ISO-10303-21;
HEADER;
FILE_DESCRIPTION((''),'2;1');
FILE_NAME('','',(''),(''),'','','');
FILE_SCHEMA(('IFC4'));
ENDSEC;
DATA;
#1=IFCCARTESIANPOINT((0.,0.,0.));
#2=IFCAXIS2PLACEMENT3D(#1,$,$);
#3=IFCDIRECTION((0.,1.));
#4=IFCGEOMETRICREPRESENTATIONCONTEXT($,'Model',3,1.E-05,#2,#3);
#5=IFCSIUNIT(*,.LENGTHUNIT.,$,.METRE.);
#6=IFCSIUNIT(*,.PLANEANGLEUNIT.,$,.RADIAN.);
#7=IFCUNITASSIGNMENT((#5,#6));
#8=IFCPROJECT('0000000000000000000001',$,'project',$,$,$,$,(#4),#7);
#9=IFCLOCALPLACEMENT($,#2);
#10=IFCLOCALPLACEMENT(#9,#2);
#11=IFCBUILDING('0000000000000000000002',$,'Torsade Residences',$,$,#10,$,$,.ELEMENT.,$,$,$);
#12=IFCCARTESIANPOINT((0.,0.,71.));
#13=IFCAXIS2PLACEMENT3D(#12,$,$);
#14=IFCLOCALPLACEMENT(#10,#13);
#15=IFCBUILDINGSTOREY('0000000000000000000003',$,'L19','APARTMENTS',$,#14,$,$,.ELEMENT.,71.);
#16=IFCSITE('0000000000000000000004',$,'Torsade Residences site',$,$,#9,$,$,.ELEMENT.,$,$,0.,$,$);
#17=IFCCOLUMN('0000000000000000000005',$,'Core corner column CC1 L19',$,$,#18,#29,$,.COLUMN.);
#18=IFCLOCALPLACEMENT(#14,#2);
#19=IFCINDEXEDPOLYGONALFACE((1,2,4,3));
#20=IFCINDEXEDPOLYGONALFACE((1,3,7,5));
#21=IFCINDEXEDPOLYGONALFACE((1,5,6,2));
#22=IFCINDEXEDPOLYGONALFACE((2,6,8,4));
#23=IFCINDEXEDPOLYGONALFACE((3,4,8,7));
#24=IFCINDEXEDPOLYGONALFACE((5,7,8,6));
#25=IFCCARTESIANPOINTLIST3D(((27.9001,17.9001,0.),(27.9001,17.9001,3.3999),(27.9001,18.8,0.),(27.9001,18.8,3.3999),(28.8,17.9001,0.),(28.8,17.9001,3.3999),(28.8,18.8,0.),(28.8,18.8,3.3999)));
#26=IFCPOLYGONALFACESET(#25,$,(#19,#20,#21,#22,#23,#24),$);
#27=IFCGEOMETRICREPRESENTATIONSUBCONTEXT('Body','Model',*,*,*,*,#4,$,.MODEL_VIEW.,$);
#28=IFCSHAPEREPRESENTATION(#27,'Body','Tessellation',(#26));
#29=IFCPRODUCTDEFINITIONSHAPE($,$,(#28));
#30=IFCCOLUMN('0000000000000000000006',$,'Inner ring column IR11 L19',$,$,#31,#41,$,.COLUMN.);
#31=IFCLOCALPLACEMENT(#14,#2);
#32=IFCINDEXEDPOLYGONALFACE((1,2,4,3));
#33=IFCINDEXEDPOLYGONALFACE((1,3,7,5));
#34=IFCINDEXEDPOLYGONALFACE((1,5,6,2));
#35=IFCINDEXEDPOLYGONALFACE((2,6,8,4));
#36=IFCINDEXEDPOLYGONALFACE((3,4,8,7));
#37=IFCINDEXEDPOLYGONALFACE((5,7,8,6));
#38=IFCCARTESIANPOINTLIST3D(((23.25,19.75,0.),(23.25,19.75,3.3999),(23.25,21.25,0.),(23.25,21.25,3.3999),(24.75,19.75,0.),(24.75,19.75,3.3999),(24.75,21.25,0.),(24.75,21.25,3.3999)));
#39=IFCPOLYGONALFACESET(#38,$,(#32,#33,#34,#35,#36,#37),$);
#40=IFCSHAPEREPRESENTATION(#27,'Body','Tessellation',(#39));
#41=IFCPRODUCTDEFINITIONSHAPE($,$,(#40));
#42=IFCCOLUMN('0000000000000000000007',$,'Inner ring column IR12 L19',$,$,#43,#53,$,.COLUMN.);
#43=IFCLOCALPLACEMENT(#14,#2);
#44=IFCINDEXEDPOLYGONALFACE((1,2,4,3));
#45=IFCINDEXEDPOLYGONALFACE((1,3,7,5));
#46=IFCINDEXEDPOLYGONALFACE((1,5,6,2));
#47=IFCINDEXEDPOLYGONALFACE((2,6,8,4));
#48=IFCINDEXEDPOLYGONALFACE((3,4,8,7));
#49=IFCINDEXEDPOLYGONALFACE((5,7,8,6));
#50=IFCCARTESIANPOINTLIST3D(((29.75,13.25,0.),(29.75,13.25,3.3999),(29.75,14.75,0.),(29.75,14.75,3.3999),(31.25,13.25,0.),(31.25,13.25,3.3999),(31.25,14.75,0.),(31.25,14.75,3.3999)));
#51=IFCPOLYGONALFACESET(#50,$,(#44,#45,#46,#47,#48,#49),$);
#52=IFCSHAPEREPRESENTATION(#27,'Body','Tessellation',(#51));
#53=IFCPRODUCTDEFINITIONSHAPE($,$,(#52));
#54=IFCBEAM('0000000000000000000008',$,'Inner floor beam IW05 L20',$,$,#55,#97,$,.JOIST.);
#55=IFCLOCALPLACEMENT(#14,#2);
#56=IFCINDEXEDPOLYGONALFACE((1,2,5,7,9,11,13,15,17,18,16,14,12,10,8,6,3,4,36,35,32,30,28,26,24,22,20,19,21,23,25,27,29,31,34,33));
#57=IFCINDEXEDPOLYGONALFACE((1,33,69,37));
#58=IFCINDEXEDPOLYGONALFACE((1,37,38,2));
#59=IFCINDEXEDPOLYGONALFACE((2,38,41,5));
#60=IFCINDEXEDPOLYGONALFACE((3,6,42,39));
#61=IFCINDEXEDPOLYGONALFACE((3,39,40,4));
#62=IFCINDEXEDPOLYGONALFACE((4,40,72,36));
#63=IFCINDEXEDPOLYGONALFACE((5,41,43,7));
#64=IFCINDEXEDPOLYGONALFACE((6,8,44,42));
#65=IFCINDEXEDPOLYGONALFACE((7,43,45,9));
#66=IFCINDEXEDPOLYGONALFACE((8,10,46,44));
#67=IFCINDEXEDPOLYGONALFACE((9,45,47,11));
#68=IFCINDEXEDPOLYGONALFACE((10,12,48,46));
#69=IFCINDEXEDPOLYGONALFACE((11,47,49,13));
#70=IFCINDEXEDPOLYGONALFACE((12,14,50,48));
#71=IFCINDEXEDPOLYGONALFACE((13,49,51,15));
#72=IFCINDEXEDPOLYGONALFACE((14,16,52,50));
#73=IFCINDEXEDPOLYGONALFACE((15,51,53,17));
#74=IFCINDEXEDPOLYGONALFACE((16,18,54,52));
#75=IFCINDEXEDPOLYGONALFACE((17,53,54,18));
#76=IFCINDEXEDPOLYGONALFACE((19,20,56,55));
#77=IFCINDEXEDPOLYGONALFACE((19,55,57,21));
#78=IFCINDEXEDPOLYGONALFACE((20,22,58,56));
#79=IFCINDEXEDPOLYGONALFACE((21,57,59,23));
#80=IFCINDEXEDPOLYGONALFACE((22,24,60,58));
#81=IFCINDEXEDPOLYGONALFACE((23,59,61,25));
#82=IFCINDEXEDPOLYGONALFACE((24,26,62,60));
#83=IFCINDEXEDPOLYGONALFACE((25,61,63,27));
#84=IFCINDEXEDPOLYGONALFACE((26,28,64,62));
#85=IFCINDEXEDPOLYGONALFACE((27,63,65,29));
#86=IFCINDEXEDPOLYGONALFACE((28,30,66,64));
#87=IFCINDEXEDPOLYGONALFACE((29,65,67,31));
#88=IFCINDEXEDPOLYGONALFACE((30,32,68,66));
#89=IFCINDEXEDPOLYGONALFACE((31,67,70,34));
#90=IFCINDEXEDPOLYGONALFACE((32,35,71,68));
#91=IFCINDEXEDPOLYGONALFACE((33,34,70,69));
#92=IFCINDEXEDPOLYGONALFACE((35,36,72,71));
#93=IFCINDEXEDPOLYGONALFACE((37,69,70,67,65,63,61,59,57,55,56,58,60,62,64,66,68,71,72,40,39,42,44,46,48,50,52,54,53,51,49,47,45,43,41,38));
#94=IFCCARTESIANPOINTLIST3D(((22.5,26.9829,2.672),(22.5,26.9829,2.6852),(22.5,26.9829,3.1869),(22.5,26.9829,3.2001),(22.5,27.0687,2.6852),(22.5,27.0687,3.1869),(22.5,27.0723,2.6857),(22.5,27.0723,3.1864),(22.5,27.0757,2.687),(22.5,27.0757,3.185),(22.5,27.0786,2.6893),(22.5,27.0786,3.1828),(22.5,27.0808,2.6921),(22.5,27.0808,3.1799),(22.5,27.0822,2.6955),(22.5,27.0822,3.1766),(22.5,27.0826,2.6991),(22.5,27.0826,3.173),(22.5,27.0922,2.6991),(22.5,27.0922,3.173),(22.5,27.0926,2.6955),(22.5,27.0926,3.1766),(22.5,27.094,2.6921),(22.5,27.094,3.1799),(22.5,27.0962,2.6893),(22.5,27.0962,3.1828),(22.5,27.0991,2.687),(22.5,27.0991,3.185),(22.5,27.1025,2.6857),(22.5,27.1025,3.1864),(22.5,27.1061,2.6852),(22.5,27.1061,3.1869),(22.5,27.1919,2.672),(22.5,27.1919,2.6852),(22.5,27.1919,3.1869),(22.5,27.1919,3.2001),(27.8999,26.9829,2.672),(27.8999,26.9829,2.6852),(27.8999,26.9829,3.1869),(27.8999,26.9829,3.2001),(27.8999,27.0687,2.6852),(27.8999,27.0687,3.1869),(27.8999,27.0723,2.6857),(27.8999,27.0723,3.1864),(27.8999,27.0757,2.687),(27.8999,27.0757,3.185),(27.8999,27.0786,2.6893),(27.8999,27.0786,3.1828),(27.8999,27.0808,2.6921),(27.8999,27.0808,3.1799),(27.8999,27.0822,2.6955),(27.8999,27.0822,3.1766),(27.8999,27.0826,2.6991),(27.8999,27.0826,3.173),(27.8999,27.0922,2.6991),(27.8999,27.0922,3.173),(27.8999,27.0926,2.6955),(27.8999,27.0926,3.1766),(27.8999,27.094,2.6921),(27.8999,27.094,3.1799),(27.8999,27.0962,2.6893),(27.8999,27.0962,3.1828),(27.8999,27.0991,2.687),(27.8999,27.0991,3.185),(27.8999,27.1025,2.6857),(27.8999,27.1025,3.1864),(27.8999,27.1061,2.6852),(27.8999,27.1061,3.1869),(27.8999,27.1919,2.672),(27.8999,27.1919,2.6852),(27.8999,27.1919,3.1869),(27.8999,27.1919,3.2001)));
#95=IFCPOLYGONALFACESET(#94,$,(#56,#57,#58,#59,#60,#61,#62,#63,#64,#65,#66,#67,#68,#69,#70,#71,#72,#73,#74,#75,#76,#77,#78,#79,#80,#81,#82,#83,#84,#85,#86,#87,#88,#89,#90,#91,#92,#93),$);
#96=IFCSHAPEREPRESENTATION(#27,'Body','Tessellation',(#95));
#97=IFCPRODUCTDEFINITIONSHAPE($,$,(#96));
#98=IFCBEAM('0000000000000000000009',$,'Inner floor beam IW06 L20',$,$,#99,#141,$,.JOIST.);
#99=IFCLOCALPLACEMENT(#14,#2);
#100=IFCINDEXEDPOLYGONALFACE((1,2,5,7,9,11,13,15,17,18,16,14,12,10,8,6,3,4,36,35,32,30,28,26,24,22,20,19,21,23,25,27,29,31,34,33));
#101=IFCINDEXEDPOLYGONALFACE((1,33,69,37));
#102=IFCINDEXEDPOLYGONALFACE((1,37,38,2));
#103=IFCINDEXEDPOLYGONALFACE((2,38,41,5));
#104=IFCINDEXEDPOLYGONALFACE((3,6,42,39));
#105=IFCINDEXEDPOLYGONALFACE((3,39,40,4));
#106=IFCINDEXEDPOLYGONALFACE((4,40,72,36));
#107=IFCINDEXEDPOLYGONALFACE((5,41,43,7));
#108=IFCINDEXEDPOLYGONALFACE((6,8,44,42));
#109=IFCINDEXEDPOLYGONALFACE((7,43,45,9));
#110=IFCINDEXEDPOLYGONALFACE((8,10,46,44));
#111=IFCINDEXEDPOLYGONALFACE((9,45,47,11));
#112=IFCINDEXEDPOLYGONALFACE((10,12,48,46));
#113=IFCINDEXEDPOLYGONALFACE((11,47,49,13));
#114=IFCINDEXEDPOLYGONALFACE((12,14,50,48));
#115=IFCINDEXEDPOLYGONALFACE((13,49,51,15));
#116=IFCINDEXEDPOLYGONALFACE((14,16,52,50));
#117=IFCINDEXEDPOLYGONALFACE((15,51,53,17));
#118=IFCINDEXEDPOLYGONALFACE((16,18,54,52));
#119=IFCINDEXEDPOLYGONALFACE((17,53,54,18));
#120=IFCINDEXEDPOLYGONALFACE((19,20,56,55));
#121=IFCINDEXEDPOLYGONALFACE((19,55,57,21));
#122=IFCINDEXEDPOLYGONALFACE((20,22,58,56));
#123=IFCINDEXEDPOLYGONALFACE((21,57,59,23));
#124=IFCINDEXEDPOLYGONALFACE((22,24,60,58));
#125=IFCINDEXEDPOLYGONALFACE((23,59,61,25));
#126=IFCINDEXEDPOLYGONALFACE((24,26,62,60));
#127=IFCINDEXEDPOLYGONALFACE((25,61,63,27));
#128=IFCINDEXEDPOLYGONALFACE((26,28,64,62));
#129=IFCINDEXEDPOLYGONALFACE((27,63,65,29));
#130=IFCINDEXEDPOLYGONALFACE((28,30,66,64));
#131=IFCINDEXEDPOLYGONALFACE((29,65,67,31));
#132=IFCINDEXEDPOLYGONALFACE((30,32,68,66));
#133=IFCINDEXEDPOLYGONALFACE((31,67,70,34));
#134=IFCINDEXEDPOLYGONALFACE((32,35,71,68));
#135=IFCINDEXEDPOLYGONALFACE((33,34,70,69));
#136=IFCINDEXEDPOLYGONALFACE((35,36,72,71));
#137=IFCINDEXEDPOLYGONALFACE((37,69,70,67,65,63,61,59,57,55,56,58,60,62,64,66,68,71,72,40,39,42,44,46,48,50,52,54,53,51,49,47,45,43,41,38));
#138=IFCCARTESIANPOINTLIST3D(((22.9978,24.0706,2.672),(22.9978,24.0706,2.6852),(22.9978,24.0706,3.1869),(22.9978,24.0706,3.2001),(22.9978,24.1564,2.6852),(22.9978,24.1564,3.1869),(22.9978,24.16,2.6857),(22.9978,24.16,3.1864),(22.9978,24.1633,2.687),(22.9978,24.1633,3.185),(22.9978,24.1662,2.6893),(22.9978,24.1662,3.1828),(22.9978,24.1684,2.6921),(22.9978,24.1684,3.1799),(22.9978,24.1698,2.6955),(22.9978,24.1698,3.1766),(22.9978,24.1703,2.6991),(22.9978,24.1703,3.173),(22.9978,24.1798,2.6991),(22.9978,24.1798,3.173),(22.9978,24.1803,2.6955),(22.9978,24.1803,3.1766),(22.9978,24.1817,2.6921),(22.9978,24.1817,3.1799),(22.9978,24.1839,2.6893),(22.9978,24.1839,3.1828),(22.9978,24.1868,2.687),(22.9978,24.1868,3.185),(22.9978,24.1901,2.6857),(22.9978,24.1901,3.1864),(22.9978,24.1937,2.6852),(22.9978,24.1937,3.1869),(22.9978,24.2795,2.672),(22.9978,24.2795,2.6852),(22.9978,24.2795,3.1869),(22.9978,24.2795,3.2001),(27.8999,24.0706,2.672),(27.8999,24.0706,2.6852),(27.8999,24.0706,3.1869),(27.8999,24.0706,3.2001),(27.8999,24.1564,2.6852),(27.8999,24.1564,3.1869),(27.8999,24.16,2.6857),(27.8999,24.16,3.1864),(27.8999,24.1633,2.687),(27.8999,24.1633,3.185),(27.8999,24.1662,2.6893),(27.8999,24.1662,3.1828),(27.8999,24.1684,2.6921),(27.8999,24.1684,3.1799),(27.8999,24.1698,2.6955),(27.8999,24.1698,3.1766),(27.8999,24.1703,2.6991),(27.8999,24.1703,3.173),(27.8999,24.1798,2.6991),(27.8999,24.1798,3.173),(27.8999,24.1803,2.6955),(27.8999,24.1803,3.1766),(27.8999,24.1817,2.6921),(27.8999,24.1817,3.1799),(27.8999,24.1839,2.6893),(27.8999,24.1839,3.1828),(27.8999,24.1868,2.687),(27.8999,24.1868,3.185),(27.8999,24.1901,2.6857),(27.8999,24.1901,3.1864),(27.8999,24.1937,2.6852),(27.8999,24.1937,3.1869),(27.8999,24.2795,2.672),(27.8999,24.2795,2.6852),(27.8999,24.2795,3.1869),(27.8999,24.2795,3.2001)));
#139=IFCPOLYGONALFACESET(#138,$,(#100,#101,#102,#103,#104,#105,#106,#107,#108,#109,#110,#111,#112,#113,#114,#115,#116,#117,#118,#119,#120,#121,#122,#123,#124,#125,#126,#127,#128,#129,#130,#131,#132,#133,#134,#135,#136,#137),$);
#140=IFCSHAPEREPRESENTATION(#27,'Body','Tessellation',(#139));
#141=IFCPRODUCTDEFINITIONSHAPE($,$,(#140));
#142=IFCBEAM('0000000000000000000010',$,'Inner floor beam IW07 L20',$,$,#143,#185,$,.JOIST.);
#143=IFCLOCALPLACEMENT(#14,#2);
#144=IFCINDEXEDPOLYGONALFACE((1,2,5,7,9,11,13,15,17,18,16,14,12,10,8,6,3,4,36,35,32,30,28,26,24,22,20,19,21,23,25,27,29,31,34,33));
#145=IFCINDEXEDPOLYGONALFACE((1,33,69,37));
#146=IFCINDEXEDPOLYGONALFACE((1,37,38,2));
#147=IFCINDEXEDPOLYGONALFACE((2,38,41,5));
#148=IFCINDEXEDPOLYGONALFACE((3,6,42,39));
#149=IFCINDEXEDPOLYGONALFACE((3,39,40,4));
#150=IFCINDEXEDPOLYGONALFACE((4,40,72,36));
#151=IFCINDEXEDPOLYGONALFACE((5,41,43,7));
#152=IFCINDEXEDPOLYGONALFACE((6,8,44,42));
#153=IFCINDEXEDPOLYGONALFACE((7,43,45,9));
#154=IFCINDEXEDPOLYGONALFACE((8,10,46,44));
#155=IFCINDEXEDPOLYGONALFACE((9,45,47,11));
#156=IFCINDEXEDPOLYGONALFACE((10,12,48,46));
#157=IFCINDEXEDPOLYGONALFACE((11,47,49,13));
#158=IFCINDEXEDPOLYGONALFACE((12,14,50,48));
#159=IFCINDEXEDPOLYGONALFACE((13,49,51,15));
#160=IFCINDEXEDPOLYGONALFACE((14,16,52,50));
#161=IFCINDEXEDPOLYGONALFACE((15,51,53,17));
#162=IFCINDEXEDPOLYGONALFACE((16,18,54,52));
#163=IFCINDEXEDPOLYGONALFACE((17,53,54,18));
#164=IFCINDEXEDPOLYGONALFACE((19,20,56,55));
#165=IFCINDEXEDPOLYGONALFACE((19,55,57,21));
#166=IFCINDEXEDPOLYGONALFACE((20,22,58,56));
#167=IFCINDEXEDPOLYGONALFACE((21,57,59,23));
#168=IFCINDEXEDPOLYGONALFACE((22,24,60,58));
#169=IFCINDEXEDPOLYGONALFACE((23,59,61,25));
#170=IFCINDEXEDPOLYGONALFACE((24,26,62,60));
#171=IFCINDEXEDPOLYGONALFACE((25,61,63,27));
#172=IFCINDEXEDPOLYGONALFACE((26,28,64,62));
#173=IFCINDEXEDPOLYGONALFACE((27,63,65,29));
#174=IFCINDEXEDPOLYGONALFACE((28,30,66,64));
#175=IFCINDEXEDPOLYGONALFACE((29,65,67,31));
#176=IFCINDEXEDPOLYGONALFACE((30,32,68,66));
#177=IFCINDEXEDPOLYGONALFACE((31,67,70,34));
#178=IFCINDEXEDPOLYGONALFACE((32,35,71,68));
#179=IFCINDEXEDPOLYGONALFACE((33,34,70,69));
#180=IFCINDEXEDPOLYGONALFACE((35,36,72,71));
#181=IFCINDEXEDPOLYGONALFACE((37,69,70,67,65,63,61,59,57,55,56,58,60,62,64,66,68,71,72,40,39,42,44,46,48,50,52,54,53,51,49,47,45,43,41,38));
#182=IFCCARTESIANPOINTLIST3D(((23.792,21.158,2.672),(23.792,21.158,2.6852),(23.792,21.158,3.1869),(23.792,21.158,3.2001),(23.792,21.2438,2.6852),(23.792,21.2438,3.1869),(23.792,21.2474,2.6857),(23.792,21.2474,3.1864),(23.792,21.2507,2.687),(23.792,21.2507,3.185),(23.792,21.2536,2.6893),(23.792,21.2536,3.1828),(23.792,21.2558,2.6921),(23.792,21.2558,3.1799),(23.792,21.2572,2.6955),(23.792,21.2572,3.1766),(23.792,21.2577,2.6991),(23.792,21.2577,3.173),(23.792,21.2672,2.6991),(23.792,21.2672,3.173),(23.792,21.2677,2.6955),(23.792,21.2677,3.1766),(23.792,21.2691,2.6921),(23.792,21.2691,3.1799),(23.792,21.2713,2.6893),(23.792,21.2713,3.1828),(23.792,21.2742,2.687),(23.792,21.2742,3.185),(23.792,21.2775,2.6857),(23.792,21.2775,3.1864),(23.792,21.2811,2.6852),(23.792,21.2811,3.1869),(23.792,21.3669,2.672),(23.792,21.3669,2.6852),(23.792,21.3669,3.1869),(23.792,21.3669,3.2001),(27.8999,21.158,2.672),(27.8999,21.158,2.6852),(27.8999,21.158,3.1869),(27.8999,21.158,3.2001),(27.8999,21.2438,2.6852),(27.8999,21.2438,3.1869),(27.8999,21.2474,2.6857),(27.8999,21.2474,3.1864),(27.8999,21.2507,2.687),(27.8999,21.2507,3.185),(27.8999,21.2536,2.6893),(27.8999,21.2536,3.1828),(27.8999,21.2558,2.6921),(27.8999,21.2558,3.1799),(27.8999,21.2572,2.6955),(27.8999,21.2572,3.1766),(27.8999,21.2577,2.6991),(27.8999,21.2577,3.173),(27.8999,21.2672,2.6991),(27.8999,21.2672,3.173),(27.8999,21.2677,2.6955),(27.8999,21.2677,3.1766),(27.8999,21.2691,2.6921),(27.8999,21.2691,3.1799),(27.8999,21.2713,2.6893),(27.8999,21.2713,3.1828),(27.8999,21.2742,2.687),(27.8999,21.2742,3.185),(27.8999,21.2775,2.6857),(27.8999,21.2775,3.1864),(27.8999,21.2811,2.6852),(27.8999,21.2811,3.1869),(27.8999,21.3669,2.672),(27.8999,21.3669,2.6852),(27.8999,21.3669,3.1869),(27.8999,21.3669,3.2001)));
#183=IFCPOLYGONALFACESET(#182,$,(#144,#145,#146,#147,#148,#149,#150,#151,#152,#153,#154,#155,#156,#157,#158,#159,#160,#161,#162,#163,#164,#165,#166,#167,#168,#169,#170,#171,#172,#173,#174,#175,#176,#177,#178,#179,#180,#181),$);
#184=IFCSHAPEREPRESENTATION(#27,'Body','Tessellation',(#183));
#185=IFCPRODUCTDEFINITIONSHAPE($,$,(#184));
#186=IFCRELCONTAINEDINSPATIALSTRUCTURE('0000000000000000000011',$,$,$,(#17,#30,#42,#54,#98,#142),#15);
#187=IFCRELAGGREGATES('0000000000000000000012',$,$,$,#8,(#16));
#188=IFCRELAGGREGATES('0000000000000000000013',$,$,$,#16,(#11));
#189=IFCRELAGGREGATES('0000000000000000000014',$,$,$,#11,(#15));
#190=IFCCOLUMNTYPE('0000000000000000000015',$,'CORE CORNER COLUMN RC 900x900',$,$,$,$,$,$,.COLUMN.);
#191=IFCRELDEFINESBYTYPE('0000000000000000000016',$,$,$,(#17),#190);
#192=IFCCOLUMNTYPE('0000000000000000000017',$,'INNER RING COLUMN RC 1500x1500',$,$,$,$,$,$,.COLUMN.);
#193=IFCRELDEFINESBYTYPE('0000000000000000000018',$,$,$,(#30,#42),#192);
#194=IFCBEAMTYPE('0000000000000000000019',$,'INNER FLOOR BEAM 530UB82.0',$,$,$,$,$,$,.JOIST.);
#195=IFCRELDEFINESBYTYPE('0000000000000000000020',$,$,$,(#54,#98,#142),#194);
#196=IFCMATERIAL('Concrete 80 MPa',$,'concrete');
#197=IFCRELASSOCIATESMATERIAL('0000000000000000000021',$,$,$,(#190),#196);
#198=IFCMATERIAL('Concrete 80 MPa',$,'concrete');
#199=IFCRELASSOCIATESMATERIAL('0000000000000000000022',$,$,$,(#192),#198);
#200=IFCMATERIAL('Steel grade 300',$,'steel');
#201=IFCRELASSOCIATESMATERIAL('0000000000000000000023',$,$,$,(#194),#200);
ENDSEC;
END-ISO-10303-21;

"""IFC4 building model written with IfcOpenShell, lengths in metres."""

from ifc_helpers import new_model, si_unit, direction, frame, origin, origin_2d, place, context, subcontext, project, spatial, rectangle, i_section, extrude, material, material_profile, profile_set, type_object, element, save


model = new_model("IFC4")

# Units and contexts
model_context = context("Model", 3, precision=1e-05, world=origin(), true_north=direction((0.0, 1.0)))
body_context = subcontext(model_context, "Body", "Model", "MODEL_VIEW")
ifc_project = project(units=[si_unit("LENGTHUNIT", "METRE"), si_unit("PLANEANGLEUNIT", "RADIAN")], contexts=[model_context])

# Site, building, storey
site_placement = place(None, origin())
site = spatial("IfcSite", under=ifc_project, at=site_placement, Name="Torsade Residences site", CompositionType="ELEMENT", RefElevation=0.0)
building_placement = place(site_placement, origin())
building = spatial("IfcBuilding", under=site, at=building_placement, Name="Torsade Residences", CompositionType="ELEMENT")
storey_placement = place(building_placement, frame((0.0, 0.0, 71.0)))
storey = spatial("IfcBuildingStorey", under=building, at=storey_placement, Name="L19", Description="APARTMENTS", CompositionType="ELEMENT", Elevation=71.0)

# Columns
ifc_material_1 = material(Name="Concrete 80 MPa", Category="concrete")
ifc_material_profile_1 = material_profile(ifc_material_1, rectangle(XDim=0.8999, YDim=0.8999, at=origin_2d()), Name="RC 900x900")
ifc_profile_set_1 = profile_set([ifc_material_profile_1], Name="Concrete 80 MPa")
column_type_1 = type_object("IfcColumnType", Name="CORE CORNER COLUMN RC 900x900", PredefinedType="COLUMN", material=ifc_profile_set_1)
column_placement = place(storey_placement, frame((28.3501, 18.3501, 0.0), z_axis=(0.0, 0.0, 1.0), x_axis=(1.0, 0.0, 0.0)))
element("IfcColumn", 1, at=column_placement, inside=storey, type_object=column_type_1, Name="Core corner column CC1 L19", PredefinedType="COLUMN", context=body_context, shape_type="SweptSolid", body=[
    extrude(rectangle(XDim=0.8999, YDim=0.8999, at=origin_2d()), origin(), (0.0, 0.0, 1.0), 3.3999),
])
ifc_material_2 = material(Name="Concrete 80 MPa", Category="concrete")
ifc_material_profile_2 = material_profile(ifc_material_2, rectangle(XDim=1.5, YDim=1.5, at=origin_2d()), Name="RC 1500x1500")
ifc_profile_set_2 = profile_set([ifc_material_profile_2], Name="Concrete 80 MPa")
column_type_2 = type_object("IfcColumnType", Name="INNER RING COLUMN RC 1500x1500", PredefinedType="COLUMN", material=ifc_profile_set_2)
for number, where, z_axis, x_axis, name in (
    (2, (24.0, 20.5, 0.0), (0.0, 0.0, 1.0), (1.0, 0.0, 0.0), "Inner ring column IR11 L19"),
    (3, (30.5, 14.0, 0.0), (0.0, 0.0, 1.0), (1.0, 0.0, 0.0), "Inner ring column IR12 L19"),
):
    element("IfcColumn", number, at=place(storey_placement, frame(where, z_axis=z_axis, x_axis=x_axis)), inside=storey, type_object=column_type_2, Name=name, PredefinedType="COLUMN", context=body_context, shape_type="SweptSolid", body=[
        extrude(rectangle(XDim=1.5, YDim=1.5, at=origin_2d()), origin(), (0.0, 0.0, 1.0), 3.3999),
    ])

# Beams
ifc_material_3 = material(Name="Steel grade 300", Category="steel")
ifc_material_profile_3 = material_profile(ifc_material_3, i_section(OverallWidth=0.209, OverallDepth=0.5281, WebThickness=0.0095, FlangeThickness=0.0132, FilletRadius=0.0139, at=origin_2d()), Name="530UB82.0")
ifc_profile_set_3 = profile_set([ifc_material_profile_3], Name="Steel grade 300")
beam_type_1 = type_object("IfcBeamType", Name="INNER FLOOR BEAM 530UB82.0", PredefinedType="JOIST", material=ifc_profile_set_3)
beam_1_placement = place(storey_placement, frame((27.8999, 27.0874, 2.936), z_axis=(-1.0, 0.0, 0.0), x_axis=(0.0, -1.0, 0.0)))
element("IfcBeam", 4, at=beam_1_placement, inside=storey, type_object=beam_type_1, Name="Inner floor beam IW05 L20", PredefinedType="JOIST", context=body_context, shape_type="SweptSolid", body=[
    extrude(i_section(OverallWidth=0.209, OverallDepth=0.5281, WebThickness=0.0095, FlangeThickness=0.0132, FilletRadius=0.0139, at=origin_2d()), origin(), (0.0, 0.0, 1.0), 5.3999),
])
beam_2_placement = place(storey_placement, frame((27.8999, 24.175, 2.936), z_axis=(-1.0, 0.0, 0.0), x_axis=(0.0, -1.0, 0.0)))
element("IfcBeam", 5, at=beam_2_placement, inside=storey, type_object=beam_type_1, Name="Inner floor beam IW06 L20", PredefinedType="JOIST", context=body_context, shape_type="SweptSolid", body=[
    extrude(i_section(OverallWidth=0.209, OverallDepth=0.5281, WebThickness=0.0095, FlangeThickness=0.0132, FilletRadius=0.0139, at=origin_2d()), origin(), (0.0, 0.0, 1.0), 4.9021),
])
beam_3_placement = place(storey_placement, frame((27.8999, 21.2625, 2.936), z_axis=(-1.0, 0.0, 0.0), x_axis=(0.0, -1.0, 0.0)))
element("IfcBeam", 6, at=beam_3_placement, inside=storey, type_object=beam_type_1, Name="Inner floor beam IW07 L20", PredefinedType="JOIST", context=body_context, shape_type="SweptSolid", body=[
    extrude(i_section(OverallWidth=0.209, OverallDepth=0.5281, WebThickness=0.0095, FlangeThickness=0.0132, FilletRadius=0.0139, at=origin_2d()), origin(), (0.0, 0.0, 1.0), 4.1079),
])

save(model, "model.ifc")
